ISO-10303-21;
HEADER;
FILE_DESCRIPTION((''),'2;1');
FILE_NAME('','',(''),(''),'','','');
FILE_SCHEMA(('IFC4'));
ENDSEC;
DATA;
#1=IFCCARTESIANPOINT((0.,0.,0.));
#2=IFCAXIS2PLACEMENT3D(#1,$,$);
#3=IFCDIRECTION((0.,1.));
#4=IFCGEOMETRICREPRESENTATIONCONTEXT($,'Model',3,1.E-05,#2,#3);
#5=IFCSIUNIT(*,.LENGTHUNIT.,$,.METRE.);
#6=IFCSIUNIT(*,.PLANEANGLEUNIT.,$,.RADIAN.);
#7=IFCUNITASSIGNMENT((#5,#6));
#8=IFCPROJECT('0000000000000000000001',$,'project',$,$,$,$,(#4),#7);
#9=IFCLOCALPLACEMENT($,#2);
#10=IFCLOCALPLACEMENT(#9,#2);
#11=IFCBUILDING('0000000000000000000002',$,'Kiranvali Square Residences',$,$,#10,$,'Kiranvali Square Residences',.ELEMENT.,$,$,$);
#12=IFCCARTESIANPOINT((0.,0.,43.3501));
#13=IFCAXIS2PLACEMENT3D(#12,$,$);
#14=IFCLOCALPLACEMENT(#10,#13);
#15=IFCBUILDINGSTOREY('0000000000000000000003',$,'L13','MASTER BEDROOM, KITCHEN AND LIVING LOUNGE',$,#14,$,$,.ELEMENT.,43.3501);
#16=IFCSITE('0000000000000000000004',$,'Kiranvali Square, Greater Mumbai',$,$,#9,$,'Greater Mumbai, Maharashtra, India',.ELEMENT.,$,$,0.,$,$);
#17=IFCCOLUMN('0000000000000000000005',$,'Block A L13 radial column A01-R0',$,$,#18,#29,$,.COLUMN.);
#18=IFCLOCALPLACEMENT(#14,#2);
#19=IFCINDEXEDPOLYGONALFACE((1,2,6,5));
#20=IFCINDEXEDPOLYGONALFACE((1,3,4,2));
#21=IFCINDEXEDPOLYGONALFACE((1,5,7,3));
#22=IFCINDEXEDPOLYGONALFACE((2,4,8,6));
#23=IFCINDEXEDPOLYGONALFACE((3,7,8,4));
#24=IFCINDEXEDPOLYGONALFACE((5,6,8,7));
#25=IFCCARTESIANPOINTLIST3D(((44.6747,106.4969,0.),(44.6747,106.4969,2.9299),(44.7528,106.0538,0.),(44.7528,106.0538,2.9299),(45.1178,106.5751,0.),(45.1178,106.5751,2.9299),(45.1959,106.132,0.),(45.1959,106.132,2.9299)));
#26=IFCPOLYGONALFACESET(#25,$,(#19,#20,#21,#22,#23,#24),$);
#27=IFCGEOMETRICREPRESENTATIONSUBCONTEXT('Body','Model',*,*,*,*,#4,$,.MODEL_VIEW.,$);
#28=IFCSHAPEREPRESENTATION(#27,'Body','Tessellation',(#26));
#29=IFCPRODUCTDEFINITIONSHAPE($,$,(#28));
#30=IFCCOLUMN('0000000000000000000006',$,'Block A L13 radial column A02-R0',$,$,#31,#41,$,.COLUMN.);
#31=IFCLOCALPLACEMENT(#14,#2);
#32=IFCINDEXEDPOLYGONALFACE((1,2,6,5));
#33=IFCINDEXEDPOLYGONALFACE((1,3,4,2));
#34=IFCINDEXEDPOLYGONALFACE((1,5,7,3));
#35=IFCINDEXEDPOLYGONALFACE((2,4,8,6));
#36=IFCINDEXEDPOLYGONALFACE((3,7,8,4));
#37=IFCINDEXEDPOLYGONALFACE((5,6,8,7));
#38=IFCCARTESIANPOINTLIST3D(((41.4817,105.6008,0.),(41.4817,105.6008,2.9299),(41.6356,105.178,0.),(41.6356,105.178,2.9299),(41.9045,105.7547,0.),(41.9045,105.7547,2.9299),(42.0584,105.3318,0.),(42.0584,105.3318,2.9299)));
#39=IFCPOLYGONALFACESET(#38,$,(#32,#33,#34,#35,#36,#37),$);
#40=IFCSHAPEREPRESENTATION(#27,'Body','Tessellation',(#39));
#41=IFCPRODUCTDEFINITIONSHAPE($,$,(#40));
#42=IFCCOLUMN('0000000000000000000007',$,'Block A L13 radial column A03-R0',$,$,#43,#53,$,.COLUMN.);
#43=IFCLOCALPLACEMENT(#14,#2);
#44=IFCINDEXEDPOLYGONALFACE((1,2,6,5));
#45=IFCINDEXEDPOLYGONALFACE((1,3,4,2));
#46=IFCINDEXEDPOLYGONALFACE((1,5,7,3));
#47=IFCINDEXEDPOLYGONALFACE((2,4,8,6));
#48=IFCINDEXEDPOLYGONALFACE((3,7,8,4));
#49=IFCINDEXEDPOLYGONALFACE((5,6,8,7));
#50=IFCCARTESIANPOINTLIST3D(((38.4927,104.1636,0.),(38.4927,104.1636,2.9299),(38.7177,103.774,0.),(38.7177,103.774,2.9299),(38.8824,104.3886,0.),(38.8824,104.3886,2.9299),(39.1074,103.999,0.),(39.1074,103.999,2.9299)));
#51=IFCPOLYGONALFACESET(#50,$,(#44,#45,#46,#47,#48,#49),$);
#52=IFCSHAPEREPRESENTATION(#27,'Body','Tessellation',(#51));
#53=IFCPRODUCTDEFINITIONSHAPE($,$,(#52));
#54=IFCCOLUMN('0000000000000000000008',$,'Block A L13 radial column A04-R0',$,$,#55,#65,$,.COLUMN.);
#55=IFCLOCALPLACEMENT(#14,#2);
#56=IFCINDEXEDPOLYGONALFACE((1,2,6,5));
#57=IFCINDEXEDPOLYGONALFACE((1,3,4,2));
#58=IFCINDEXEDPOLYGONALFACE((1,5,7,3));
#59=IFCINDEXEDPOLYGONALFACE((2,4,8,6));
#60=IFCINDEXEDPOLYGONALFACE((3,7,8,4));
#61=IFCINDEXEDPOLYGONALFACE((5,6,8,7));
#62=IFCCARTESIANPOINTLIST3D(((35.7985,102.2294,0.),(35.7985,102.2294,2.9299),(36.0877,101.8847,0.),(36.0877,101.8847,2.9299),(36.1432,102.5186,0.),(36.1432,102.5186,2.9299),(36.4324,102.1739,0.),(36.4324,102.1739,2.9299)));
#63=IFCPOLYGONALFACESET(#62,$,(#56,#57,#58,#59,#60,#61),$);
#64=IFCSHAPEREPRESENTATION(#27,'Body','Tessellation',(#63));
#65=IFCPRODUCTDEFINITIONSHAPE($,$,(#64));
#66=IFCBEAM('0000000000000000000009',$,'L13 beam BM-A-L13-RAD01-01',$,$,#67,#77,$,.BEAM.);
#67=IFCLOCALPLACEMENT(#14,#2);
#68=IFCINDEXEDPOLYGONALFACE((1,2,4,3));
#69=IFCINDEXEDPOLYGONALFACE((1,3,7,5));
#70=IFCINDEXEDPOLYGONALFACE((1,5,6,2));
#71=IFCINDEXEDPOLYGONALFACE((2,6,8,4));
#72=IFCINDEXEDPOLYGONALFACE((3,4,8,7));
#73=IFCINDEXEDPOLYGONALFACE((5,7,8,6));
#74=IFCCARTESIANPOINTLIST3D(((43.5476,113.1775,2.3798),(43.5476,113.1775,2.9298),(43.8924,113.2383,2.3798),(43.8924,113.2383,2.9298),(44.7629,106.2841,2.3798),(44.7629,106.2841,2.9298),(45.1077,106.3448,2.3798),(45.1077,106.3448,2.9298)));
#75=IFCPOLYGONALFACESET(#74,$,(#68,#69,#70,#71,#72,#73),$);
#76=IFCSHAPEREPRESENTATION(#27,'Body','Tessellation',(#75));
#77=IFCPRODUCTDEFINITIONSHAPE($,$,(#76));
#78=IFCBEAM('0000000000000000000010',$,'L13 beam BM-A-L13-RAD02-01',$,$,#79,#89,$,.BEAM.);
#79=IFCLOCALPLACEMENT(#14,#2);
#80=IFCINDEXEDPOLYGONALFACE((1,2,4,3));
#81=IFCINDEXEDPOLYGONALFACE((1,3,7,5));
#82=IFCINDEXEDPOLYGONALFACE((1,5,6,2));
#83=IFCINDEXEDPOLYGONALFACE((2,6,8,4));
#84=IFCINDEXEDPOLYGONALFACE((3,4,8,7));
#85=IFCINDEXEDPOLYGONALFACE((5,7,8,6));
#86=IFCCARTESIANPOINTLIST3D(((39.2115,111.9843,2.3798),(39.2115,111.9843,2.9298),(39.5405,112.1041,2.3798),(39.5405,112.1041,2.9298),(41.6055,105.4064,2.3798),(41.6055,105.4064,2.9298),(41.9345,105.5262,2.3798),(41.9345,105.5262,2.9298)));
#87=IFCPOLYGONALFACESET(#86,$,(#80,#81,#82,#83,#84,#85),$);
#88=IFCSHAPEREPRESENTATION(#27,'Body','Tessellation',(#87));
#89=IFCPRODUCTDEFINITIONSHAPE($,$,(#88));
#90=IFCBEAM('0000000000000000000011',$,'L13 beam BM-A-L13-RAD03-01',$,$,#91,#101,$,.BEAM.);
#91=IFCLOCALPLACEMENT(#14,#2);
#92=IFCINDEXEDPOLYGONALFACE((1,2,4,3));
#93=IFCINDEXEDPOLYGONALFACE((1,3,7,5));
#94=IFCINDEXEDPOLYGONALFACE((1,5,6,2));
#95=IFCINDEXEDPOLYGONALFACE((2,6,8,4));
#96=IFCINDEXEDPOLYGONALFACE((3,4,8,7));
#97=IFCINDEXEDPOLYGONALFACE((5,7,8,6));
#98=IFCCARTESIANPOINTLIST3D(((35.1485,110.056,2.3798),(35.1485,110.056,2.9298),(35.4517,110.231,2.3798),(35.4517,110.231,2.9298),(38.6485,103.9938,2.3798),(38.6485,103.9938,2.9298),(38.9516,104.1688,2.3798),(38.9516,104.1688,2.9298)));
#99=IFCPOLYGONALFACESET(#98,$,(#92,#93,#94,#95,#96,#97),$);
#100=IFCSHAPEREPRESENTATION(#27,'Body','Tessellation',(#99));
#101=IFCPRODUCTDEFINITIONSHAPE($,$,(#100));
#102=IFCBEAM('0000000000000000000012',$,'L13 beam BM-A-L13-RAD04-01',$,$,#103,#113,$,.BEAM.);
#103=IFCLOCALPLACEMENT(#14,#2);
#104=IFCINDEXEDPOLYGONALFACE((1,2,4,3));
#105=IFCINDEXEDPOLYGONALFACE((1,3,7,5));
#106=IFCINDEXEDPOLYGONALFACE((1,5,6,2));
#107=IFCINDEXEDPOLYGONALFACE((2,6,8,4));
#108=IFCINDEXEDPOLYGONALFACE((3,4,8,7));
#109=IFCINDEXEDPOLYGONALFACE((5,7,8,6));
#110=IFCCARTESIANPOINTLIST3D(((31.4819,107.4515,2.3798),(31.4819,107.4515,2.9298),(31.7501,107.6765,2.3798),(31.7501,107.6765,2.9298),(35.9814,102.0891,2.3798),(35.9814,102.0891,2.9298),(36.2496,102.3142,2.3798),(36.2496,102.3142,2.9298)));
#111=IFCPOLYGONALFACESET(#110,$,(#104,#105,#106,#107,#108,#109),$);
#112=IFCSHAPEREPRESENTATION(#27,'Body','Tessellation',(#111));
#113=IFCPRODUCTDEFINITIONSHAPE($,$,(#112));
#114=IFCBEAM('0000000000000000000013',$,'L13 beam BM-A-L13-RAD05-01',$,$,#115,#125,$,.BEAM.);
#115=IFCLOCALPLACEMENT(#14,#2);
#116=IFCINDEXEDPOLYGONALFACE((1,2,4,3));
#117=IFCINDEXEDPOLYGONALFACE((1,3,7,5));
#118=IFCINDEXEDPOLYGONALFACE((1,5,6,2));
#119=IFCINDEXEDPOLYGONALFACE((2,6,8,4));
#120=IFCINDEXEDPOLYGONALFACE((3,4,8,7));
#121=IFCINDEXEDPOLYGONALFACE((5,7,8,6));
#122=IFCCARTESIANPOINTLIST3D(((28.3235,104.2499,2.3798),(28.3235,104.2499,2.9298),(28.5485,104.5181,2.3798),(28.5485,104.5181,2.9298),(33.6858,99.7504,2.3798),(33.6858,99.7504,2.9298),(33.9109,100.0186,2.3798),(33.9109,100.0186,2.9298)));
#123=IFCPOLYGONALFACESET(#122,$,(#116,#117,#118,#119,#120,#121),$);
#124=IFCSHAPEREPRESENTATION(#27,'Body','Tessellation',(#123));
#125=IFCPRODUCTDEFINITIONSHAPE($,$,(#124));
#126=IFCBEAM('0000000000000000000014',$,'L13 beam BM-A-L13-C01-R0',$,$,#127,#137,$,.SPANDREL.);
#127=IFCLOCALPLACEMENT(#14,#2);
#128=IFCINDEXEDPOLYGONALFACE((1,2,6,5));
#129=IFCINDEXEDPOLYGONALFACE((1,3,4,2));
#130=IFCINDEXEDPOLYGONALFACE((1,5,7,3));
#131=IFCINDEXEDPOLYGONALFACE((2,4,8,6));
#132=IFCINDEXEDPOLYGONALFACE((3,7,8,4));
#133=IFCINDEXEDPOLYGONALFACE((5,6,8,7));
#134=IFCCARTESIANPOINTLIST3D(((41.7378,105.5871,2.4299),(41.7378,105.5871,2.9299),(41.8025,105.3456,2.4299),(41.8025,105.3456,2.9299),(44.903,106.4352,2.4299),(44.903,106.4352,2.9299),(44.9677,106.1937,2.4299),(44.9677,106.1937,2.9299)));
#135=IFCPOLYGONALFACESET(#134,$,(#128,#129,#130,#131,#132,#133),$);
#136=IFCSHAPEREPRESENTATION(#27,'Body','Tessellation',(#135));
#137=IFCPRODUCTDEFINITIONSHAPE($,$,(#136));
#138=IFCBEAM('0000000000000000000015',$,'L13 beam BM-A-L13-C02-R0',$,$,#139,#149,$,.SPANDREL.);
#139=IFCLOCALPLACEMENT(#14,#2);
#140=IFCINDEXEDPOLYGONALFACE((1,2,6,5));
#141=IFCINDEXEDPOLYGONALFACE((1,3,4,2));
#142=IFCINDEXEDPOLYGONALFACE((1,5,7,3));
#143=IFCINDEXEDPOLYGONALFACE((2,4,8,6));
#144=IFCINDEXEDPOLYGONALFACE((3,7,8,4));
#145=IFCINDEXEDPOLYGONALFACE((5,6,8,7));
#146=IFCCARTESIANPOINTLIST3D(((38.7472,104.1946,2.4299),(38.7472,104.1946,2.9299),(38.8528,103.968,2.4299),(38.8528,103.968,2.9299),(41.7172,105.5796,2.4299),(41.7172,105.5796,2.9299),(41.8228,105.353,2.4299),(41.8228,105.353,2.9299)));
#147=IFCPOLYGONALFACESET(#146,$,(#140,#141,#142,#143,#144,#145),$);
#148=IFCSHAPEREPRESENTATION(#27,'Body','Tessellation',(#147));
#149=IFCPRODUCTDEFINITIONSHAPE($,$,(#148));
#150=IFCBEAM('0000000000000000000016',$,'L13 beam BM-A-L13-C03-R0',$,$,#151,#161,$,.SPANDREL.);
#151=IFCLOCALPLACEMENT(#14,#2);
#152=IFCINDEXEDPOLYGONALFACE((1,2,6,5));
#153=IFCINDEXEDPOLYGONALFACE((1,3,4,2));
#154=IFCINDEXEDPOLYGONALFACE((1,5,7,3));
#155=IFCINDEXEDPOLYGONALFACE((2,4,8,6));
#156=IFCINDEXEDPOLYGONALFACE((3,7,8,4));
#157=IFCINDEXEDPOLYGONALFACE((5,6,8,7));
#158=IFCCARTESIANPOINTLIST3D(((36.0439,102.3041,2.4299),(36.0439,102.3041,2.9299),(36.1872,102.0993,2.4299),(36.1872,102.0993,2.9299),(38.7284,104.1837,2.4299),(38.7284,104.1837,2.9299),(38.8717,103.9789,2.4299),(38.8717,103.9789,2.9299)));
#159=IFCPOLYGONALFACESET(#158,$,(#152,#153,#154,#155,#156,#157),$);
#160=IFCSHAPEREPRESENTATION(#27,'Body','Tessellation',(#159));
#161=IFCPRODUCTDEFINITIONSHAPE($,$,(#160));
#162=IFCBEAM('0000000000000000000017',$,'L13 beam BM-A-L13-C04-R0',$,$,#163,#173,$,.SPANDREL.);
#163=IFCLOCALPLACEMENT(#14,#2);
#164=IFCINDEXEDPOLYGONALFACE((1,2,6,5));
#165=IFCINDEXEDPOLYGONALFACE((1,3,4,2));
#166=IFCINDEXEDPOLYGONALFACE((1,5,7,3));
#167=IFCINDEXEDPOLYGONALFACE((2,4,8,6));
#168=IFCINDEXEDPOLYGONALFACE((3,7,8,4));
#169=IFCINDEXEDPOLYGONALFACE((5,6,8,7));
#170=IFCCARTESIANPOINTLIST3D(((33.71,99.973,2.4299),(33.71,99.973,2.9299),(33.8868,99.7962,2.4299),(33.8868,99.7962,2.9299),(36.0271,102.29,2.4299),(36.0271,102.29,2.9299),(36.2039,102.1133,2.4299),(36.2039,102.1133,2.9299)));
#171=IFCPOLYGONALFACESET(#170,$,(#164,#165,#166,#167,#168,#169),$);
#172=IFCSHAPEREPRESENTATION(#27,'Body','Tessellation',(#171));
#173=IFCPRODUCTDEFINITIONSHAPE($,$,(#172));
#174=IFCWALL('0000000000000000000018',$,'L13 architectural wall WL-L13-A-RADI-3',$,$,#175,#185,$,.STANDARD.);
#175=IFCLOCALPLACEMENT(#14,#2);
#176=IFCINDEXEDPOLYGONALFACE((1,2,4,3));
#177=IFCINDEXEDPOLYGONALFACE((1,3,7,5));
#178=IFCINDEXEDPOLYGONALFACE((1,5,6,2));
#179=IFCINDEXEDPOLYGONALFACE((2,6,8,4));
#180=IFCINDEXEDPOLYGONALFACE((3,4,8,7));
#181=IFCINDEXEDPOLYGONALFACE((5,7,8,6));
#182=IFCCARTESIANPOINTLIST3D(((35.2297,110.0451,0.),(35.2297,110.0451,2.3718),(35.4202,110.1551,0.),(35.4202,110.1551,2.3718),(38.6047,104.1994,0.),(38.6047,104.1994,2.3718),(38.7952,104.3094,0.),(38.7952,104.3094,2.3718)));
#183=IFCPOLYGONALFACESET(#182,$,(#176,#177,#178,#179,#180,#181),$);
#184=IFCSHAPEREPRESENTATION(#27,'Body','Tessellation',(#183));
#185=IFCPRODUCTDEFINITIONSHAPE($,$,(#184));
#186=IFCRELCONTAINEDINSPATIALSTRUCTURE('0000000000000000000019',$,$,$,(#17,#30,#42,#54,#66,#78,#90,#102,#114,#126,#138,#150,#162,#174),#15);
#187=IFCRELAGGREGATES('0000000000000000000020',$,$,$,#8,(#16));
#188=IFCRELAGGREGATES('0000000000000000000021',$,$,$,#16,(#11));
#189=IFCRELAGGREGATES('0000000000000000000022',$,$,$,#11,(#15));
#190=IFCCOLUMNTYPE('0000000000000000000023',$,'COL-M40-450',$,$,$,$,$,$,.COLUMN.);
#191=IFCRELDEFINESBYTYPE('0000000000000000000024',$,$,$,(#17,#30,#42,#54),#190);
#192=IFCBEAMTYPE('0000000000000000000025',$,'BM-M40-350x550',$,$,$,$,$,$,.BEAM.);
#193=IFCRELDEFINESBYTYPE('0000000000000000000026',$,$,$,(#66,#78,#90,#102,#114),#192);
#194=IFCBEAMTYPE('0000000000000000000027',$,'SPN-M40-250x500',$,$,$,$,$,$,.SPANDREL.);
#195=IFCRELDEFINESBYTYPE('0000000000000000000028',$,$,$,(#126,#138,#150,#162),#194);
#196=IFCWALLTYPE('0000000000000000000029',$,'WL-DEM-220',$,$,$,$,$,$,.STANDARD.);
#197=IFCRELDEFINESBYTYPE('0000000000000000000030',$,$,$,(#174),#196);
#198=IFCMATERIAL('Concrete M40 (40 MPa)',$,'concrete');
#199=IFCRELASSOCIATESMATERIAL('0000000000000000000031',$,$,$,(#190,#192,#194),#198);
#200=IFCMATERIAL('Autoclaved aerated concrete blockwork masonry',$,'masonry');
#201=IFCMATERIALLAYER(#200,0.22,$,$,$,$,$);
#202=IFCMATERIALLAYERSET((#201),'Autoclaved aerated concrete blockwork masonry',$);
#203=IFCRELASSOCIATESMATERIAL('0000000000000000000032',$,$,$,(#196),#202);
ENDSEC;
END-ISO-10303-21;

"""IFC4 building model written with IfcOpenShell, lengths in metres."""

from ifc_helpers import new_model, si_unit, direction, frame, frame_2d, origin, origin_2d, place, context, subcontext, project, spatial, rectangle, extrude, material, layer, layer_set, material_profile, profile_set, type_object, element, save


model = new_model("IFC4")

# Units and contexts
model_context = context("Model", 3, precision=1e-05, world=origin(), true_north=direction((0.0, 1.0)))
body_context = subcontext(model_context, "Body", "Model", "MODEL_VIEW")
ifc_project = project(units=[si_unit("LENGTHUNIT", "METRE"), si_unit("PLANEANGLEUNIT", "RADIAN")], contexts=[model_context])

# Site, building, storey
site_placement = place(None, origin())
site = spatial("IfcSite", under=ifc_project, at=site_placement, Name="Kiranvali Square, Greater Mumbai", LongName="Greater Mumbai, Maharashtra, India", CompositionType="ELEMENT", RefElevation=0.0)
building_placement = place(site_placement, origin())
building = spatial("IfcBuilding", under=site, at=building_placement, Name="Kiranvali Square Residences", LongName="Kiranvali Square Residences", CompositionType="ELEMENT")
storey_placement = place(building_placement, frame((0.0, 0.0, 43.3501)))
storey = spatial("IfcBuildingStorey", under=building, at=storey_placement, Name="L13", Description="MASTER BEDROOM, KITCHEN AND LIVING LOUNGE", CompositionType="ELEMENT", Elevation=43.3501)

# Columns
ifc_material_1 = material(Name="Concrete M40 (40 MPa)", Category="concrete")
ifc_material_profile_1 = material_profile(ifc_material_1, rectangle(XDim=0.45, YDim=0.45, at=origin_2d()), Name="RC 450x450")
ifc_profile_set_1 = profile_set([ifc_material_profile_1], Name="Concrete M40 (40 MPa)")
column_type = type_object("IfcColumnType", Name="COL-M40-450", PredefinedType="COLUMN", material=ifc_profile_set_1)
for number, where, z_axis, x_axis, name in (
    (1, (44.9353, 106.3145, 0.0), (0.0, 0.0, 1.0), (0.984808, 0.173648, 0.0), "Block A L13 radial column A01-R0"),
    (2, (41.77, 105.4663, 0.0), (0.0, 0.0, 1.0), (0.939693, 0.34202, 0.0), "Block A L13 radial column A02-R0"),
    (3, (38.8, 104.0813, 0.0), (0.0, 0.0, 1.0), (0.866025, 0.5, 0.0), "Block A L13 radial column A03-R0"),
    (4, (36.1155, 102.2017, 0.0), (0.0, 0.0, 1.0), (0.766044, 0.642788, 0.0), "Block A L13 radial column A04-R0"),
):
    element("IfcColumn", number, at=place(storey_placement, frame(where, z_axis=z_axis, x_axis=x_axis)), inside=storey, type_object=column_type, Name=name, PredefinedType="COLUMN", context=body_context, shape_type="SweptSolid", body=[
        extrude(rectangle(XDim=0.45, YDim=0.45, at=origin_2d()), origin(), (0.0, 0.0, 1.0), 2.9299),
    ])

# Beams
ifc_material_profile_2 = material_profile(ifc_material_1, rectangle(XDim=0.3501, YDim=0.55, at=origin_2d()), Name="RC 350x550")
ifc_profile_set_2 = profile_set([ifc_material_profile_2], Name="Concrete M40 (40 MPa)")
beam_type_1 = type_object("IfcBeamType", Name="BM-M40-350x550", PredefinedType="BEAM", material=ifc_profile_set_2)
beam_1_placement = place(storey_placement, frame((44.9353, 106.3145, 2.6548), z_axis=(-0.173622, 0.984812, 0.0), x_axis=(-0.984812, -0.173622, 0.0)))
element("IfcBeam", 5, at=beam_1_placement, inside=storey, type_object=beam_type_1, Name="L13 beam BM-A-L13-RAD01-01", PredefinedType="BEAM", context=body_context, shape_type="SweptSolid", body=[
    extrude(rectangle(XDim=0.3501, YDim=0.55, at=origin_2d()), origin(), (0.0, 0.0, 1.0), 6.9998),
])
for number, where, z_axis, x_axis, name in (
    (6, (41.77, 105.4663, 2.6548), (-0.342006, 0.939698, 0.0), (-0.939698, -0.342006, 0.0), "L13 beam BM-A-L13-RAD02-01"),
    (7, (38.8, 104.0813, 2.6548), (-0.499995, 0.866028, 0.0), (-0.866028, -0.499995, 0.0), "L13 beam BM-A-L13-RAD03-01"),
    (8, (36.1155, 102.2017, 2.6548), (-0.642788, 0.766044, 0.0), (-0.766044, -0.642788, 0.0), "L13 beam BM-A-L13-RAD04-01"),
    (9, (33.7983, 99.8845, 2.6548), (-0.766044, 0.642788, 0.0), (-0.642788, -0.766044, 0.0), "L13 beam BM-A-L13-RAD05-01"),
):
    element("IfcBeam", number, at=place(storey_placement, frame(where, z_axis=z_axis, x_axis=x_axis)), inside=storey, type_object=beam_type_1, Name=name, PredefinedType="BEAM", context=body_context, shape_type="SweptSolid", body=[
        extrude(rectangle(XDim=0.3501, YDim=0.55, at=origin_2d()), origin(), (0.0, 0.0, 1.0), 7.0),
    ])
ifc_material_profile_3 = material_profile(ifc_material_1, rectangle(XDim=0.25, YDim=0.5, at=origin_2d()), Name="RC 250x500")
ifc_profile_set_3 = profile_set([ifc_material_profile_3], Name="Concrete M40 (40 MPa)")
beam_type_2 = type_object("IfcBeamType", Name="SPN-M40-250x500", PredefinedType="SPANDREL", material=ifc_profile_set_3)
beam_2_placement = place(storey_placement, frame((44.9353, 106.3145, 2.6799), z_axis=(-0.965925, -0.258822, 0.0), x_axis=(0.258822, -0.965925, 0.0)))
element("IfcBeam", 10, at=beam_2_placement, inside=storey, type_object=beam_type_2, Name="L13 beam BM-A-L13-C01-R0", PredefinedType="SPANDREL", context=body_context, shape_type="SweptSolid", body=[
    extrude(rectangle(XDim=0.25, YDim=0.5, at=origin_2d()), origin(), (0.0, 0.0, 1.0), 3.2769),
])
for number, where, z_axis, x_axis, name in (
    (11, (41.77, 105.4663, 2.6799), (-0.906297, -0.422641, 0.0), (0.422641, -0.906297, 0.0), "L13 beam BM-A-L13-C02-R0"),
    (12, (38.8, 104.0813, 2.6799), (-0.819169, -0.573552, 0.0), (0.573552, -0.819169, 0.0), "L13 beam BM-A-L13-C03-R0"),
):
    element("IfcBeam", number, at=place(storey_placement, frame(where, z_axis=z_axis, x_axis=x_axis)), inside=storey, type_object=beam_type_2, Name=name, PredefinedType="SPANDREL", context=body_context, shape_type="SweptSolid", body=[
        extrude(rectangle(XDim=0.25, YDim=0.5, at=origin_2d()), origin(), (0.0, 0.0, 1.0), 3.2771),
    ])
beam_3_placement = place(storey_placement, frame((36.1155, 102.2017, 2.6799), z_axis=(-0.707107, -0.707107, 0.0), x_axis=(0.707107, -0.707107, 0.0)))
element("IfcBeam", 13, at=beam_3_placement, inside=storey, type_object=beam_type_2, Name="L13 beam BM-A-L13-C04-R0", PredefinedType="SPANDREL", context=body_context, shape_type="SweptSolid", body=[
    extrude(rectangle(XDim=0.25, YDim=0.5, at=origin_2d()), origin(), (0.0, 0.0, 1.0), 3.2769),
])

# Wall
ifc_material_2 = material(Name="Autoclaved aerated concrete blockwork masonry", Category="masonry")
ifc_layer_1 = layer(ifc_material_2, 0.22)
ifc_layer_set_1 = layer_set([ifc_layer_1], Name="Autoclaved aerated concrete blockwork masonry")
wall_type_1 = type_object("IfcWallType", Name="WL-DEM-220", PredefinedType="STANDARD", material=ifc_layer_set_1)
wall_1_placement = place(storey_placement, frame((38.7, 104.2544, 0.0), z_axis=(0.0, 0.0, 1.0), x_axis=(-0.499998, 0.866027, 0.0)))
element("IfcWall", 14, at=wall_1_placement, inside=storey, type_object=wall_type_1, Name="L13 architectural wall WL-L13-A-RADI-3", PredefinedType="STANDARD", context=body_context, shape_type="SweptSolid", body=[
    extrude(rectangle(XDim=6.75, YDim=0.22, at=frame_2d((3.375, 0.0))), origin(), (0.0, 0.0, 1.0), 2.3718),
])

save(model, "model.ifc")
